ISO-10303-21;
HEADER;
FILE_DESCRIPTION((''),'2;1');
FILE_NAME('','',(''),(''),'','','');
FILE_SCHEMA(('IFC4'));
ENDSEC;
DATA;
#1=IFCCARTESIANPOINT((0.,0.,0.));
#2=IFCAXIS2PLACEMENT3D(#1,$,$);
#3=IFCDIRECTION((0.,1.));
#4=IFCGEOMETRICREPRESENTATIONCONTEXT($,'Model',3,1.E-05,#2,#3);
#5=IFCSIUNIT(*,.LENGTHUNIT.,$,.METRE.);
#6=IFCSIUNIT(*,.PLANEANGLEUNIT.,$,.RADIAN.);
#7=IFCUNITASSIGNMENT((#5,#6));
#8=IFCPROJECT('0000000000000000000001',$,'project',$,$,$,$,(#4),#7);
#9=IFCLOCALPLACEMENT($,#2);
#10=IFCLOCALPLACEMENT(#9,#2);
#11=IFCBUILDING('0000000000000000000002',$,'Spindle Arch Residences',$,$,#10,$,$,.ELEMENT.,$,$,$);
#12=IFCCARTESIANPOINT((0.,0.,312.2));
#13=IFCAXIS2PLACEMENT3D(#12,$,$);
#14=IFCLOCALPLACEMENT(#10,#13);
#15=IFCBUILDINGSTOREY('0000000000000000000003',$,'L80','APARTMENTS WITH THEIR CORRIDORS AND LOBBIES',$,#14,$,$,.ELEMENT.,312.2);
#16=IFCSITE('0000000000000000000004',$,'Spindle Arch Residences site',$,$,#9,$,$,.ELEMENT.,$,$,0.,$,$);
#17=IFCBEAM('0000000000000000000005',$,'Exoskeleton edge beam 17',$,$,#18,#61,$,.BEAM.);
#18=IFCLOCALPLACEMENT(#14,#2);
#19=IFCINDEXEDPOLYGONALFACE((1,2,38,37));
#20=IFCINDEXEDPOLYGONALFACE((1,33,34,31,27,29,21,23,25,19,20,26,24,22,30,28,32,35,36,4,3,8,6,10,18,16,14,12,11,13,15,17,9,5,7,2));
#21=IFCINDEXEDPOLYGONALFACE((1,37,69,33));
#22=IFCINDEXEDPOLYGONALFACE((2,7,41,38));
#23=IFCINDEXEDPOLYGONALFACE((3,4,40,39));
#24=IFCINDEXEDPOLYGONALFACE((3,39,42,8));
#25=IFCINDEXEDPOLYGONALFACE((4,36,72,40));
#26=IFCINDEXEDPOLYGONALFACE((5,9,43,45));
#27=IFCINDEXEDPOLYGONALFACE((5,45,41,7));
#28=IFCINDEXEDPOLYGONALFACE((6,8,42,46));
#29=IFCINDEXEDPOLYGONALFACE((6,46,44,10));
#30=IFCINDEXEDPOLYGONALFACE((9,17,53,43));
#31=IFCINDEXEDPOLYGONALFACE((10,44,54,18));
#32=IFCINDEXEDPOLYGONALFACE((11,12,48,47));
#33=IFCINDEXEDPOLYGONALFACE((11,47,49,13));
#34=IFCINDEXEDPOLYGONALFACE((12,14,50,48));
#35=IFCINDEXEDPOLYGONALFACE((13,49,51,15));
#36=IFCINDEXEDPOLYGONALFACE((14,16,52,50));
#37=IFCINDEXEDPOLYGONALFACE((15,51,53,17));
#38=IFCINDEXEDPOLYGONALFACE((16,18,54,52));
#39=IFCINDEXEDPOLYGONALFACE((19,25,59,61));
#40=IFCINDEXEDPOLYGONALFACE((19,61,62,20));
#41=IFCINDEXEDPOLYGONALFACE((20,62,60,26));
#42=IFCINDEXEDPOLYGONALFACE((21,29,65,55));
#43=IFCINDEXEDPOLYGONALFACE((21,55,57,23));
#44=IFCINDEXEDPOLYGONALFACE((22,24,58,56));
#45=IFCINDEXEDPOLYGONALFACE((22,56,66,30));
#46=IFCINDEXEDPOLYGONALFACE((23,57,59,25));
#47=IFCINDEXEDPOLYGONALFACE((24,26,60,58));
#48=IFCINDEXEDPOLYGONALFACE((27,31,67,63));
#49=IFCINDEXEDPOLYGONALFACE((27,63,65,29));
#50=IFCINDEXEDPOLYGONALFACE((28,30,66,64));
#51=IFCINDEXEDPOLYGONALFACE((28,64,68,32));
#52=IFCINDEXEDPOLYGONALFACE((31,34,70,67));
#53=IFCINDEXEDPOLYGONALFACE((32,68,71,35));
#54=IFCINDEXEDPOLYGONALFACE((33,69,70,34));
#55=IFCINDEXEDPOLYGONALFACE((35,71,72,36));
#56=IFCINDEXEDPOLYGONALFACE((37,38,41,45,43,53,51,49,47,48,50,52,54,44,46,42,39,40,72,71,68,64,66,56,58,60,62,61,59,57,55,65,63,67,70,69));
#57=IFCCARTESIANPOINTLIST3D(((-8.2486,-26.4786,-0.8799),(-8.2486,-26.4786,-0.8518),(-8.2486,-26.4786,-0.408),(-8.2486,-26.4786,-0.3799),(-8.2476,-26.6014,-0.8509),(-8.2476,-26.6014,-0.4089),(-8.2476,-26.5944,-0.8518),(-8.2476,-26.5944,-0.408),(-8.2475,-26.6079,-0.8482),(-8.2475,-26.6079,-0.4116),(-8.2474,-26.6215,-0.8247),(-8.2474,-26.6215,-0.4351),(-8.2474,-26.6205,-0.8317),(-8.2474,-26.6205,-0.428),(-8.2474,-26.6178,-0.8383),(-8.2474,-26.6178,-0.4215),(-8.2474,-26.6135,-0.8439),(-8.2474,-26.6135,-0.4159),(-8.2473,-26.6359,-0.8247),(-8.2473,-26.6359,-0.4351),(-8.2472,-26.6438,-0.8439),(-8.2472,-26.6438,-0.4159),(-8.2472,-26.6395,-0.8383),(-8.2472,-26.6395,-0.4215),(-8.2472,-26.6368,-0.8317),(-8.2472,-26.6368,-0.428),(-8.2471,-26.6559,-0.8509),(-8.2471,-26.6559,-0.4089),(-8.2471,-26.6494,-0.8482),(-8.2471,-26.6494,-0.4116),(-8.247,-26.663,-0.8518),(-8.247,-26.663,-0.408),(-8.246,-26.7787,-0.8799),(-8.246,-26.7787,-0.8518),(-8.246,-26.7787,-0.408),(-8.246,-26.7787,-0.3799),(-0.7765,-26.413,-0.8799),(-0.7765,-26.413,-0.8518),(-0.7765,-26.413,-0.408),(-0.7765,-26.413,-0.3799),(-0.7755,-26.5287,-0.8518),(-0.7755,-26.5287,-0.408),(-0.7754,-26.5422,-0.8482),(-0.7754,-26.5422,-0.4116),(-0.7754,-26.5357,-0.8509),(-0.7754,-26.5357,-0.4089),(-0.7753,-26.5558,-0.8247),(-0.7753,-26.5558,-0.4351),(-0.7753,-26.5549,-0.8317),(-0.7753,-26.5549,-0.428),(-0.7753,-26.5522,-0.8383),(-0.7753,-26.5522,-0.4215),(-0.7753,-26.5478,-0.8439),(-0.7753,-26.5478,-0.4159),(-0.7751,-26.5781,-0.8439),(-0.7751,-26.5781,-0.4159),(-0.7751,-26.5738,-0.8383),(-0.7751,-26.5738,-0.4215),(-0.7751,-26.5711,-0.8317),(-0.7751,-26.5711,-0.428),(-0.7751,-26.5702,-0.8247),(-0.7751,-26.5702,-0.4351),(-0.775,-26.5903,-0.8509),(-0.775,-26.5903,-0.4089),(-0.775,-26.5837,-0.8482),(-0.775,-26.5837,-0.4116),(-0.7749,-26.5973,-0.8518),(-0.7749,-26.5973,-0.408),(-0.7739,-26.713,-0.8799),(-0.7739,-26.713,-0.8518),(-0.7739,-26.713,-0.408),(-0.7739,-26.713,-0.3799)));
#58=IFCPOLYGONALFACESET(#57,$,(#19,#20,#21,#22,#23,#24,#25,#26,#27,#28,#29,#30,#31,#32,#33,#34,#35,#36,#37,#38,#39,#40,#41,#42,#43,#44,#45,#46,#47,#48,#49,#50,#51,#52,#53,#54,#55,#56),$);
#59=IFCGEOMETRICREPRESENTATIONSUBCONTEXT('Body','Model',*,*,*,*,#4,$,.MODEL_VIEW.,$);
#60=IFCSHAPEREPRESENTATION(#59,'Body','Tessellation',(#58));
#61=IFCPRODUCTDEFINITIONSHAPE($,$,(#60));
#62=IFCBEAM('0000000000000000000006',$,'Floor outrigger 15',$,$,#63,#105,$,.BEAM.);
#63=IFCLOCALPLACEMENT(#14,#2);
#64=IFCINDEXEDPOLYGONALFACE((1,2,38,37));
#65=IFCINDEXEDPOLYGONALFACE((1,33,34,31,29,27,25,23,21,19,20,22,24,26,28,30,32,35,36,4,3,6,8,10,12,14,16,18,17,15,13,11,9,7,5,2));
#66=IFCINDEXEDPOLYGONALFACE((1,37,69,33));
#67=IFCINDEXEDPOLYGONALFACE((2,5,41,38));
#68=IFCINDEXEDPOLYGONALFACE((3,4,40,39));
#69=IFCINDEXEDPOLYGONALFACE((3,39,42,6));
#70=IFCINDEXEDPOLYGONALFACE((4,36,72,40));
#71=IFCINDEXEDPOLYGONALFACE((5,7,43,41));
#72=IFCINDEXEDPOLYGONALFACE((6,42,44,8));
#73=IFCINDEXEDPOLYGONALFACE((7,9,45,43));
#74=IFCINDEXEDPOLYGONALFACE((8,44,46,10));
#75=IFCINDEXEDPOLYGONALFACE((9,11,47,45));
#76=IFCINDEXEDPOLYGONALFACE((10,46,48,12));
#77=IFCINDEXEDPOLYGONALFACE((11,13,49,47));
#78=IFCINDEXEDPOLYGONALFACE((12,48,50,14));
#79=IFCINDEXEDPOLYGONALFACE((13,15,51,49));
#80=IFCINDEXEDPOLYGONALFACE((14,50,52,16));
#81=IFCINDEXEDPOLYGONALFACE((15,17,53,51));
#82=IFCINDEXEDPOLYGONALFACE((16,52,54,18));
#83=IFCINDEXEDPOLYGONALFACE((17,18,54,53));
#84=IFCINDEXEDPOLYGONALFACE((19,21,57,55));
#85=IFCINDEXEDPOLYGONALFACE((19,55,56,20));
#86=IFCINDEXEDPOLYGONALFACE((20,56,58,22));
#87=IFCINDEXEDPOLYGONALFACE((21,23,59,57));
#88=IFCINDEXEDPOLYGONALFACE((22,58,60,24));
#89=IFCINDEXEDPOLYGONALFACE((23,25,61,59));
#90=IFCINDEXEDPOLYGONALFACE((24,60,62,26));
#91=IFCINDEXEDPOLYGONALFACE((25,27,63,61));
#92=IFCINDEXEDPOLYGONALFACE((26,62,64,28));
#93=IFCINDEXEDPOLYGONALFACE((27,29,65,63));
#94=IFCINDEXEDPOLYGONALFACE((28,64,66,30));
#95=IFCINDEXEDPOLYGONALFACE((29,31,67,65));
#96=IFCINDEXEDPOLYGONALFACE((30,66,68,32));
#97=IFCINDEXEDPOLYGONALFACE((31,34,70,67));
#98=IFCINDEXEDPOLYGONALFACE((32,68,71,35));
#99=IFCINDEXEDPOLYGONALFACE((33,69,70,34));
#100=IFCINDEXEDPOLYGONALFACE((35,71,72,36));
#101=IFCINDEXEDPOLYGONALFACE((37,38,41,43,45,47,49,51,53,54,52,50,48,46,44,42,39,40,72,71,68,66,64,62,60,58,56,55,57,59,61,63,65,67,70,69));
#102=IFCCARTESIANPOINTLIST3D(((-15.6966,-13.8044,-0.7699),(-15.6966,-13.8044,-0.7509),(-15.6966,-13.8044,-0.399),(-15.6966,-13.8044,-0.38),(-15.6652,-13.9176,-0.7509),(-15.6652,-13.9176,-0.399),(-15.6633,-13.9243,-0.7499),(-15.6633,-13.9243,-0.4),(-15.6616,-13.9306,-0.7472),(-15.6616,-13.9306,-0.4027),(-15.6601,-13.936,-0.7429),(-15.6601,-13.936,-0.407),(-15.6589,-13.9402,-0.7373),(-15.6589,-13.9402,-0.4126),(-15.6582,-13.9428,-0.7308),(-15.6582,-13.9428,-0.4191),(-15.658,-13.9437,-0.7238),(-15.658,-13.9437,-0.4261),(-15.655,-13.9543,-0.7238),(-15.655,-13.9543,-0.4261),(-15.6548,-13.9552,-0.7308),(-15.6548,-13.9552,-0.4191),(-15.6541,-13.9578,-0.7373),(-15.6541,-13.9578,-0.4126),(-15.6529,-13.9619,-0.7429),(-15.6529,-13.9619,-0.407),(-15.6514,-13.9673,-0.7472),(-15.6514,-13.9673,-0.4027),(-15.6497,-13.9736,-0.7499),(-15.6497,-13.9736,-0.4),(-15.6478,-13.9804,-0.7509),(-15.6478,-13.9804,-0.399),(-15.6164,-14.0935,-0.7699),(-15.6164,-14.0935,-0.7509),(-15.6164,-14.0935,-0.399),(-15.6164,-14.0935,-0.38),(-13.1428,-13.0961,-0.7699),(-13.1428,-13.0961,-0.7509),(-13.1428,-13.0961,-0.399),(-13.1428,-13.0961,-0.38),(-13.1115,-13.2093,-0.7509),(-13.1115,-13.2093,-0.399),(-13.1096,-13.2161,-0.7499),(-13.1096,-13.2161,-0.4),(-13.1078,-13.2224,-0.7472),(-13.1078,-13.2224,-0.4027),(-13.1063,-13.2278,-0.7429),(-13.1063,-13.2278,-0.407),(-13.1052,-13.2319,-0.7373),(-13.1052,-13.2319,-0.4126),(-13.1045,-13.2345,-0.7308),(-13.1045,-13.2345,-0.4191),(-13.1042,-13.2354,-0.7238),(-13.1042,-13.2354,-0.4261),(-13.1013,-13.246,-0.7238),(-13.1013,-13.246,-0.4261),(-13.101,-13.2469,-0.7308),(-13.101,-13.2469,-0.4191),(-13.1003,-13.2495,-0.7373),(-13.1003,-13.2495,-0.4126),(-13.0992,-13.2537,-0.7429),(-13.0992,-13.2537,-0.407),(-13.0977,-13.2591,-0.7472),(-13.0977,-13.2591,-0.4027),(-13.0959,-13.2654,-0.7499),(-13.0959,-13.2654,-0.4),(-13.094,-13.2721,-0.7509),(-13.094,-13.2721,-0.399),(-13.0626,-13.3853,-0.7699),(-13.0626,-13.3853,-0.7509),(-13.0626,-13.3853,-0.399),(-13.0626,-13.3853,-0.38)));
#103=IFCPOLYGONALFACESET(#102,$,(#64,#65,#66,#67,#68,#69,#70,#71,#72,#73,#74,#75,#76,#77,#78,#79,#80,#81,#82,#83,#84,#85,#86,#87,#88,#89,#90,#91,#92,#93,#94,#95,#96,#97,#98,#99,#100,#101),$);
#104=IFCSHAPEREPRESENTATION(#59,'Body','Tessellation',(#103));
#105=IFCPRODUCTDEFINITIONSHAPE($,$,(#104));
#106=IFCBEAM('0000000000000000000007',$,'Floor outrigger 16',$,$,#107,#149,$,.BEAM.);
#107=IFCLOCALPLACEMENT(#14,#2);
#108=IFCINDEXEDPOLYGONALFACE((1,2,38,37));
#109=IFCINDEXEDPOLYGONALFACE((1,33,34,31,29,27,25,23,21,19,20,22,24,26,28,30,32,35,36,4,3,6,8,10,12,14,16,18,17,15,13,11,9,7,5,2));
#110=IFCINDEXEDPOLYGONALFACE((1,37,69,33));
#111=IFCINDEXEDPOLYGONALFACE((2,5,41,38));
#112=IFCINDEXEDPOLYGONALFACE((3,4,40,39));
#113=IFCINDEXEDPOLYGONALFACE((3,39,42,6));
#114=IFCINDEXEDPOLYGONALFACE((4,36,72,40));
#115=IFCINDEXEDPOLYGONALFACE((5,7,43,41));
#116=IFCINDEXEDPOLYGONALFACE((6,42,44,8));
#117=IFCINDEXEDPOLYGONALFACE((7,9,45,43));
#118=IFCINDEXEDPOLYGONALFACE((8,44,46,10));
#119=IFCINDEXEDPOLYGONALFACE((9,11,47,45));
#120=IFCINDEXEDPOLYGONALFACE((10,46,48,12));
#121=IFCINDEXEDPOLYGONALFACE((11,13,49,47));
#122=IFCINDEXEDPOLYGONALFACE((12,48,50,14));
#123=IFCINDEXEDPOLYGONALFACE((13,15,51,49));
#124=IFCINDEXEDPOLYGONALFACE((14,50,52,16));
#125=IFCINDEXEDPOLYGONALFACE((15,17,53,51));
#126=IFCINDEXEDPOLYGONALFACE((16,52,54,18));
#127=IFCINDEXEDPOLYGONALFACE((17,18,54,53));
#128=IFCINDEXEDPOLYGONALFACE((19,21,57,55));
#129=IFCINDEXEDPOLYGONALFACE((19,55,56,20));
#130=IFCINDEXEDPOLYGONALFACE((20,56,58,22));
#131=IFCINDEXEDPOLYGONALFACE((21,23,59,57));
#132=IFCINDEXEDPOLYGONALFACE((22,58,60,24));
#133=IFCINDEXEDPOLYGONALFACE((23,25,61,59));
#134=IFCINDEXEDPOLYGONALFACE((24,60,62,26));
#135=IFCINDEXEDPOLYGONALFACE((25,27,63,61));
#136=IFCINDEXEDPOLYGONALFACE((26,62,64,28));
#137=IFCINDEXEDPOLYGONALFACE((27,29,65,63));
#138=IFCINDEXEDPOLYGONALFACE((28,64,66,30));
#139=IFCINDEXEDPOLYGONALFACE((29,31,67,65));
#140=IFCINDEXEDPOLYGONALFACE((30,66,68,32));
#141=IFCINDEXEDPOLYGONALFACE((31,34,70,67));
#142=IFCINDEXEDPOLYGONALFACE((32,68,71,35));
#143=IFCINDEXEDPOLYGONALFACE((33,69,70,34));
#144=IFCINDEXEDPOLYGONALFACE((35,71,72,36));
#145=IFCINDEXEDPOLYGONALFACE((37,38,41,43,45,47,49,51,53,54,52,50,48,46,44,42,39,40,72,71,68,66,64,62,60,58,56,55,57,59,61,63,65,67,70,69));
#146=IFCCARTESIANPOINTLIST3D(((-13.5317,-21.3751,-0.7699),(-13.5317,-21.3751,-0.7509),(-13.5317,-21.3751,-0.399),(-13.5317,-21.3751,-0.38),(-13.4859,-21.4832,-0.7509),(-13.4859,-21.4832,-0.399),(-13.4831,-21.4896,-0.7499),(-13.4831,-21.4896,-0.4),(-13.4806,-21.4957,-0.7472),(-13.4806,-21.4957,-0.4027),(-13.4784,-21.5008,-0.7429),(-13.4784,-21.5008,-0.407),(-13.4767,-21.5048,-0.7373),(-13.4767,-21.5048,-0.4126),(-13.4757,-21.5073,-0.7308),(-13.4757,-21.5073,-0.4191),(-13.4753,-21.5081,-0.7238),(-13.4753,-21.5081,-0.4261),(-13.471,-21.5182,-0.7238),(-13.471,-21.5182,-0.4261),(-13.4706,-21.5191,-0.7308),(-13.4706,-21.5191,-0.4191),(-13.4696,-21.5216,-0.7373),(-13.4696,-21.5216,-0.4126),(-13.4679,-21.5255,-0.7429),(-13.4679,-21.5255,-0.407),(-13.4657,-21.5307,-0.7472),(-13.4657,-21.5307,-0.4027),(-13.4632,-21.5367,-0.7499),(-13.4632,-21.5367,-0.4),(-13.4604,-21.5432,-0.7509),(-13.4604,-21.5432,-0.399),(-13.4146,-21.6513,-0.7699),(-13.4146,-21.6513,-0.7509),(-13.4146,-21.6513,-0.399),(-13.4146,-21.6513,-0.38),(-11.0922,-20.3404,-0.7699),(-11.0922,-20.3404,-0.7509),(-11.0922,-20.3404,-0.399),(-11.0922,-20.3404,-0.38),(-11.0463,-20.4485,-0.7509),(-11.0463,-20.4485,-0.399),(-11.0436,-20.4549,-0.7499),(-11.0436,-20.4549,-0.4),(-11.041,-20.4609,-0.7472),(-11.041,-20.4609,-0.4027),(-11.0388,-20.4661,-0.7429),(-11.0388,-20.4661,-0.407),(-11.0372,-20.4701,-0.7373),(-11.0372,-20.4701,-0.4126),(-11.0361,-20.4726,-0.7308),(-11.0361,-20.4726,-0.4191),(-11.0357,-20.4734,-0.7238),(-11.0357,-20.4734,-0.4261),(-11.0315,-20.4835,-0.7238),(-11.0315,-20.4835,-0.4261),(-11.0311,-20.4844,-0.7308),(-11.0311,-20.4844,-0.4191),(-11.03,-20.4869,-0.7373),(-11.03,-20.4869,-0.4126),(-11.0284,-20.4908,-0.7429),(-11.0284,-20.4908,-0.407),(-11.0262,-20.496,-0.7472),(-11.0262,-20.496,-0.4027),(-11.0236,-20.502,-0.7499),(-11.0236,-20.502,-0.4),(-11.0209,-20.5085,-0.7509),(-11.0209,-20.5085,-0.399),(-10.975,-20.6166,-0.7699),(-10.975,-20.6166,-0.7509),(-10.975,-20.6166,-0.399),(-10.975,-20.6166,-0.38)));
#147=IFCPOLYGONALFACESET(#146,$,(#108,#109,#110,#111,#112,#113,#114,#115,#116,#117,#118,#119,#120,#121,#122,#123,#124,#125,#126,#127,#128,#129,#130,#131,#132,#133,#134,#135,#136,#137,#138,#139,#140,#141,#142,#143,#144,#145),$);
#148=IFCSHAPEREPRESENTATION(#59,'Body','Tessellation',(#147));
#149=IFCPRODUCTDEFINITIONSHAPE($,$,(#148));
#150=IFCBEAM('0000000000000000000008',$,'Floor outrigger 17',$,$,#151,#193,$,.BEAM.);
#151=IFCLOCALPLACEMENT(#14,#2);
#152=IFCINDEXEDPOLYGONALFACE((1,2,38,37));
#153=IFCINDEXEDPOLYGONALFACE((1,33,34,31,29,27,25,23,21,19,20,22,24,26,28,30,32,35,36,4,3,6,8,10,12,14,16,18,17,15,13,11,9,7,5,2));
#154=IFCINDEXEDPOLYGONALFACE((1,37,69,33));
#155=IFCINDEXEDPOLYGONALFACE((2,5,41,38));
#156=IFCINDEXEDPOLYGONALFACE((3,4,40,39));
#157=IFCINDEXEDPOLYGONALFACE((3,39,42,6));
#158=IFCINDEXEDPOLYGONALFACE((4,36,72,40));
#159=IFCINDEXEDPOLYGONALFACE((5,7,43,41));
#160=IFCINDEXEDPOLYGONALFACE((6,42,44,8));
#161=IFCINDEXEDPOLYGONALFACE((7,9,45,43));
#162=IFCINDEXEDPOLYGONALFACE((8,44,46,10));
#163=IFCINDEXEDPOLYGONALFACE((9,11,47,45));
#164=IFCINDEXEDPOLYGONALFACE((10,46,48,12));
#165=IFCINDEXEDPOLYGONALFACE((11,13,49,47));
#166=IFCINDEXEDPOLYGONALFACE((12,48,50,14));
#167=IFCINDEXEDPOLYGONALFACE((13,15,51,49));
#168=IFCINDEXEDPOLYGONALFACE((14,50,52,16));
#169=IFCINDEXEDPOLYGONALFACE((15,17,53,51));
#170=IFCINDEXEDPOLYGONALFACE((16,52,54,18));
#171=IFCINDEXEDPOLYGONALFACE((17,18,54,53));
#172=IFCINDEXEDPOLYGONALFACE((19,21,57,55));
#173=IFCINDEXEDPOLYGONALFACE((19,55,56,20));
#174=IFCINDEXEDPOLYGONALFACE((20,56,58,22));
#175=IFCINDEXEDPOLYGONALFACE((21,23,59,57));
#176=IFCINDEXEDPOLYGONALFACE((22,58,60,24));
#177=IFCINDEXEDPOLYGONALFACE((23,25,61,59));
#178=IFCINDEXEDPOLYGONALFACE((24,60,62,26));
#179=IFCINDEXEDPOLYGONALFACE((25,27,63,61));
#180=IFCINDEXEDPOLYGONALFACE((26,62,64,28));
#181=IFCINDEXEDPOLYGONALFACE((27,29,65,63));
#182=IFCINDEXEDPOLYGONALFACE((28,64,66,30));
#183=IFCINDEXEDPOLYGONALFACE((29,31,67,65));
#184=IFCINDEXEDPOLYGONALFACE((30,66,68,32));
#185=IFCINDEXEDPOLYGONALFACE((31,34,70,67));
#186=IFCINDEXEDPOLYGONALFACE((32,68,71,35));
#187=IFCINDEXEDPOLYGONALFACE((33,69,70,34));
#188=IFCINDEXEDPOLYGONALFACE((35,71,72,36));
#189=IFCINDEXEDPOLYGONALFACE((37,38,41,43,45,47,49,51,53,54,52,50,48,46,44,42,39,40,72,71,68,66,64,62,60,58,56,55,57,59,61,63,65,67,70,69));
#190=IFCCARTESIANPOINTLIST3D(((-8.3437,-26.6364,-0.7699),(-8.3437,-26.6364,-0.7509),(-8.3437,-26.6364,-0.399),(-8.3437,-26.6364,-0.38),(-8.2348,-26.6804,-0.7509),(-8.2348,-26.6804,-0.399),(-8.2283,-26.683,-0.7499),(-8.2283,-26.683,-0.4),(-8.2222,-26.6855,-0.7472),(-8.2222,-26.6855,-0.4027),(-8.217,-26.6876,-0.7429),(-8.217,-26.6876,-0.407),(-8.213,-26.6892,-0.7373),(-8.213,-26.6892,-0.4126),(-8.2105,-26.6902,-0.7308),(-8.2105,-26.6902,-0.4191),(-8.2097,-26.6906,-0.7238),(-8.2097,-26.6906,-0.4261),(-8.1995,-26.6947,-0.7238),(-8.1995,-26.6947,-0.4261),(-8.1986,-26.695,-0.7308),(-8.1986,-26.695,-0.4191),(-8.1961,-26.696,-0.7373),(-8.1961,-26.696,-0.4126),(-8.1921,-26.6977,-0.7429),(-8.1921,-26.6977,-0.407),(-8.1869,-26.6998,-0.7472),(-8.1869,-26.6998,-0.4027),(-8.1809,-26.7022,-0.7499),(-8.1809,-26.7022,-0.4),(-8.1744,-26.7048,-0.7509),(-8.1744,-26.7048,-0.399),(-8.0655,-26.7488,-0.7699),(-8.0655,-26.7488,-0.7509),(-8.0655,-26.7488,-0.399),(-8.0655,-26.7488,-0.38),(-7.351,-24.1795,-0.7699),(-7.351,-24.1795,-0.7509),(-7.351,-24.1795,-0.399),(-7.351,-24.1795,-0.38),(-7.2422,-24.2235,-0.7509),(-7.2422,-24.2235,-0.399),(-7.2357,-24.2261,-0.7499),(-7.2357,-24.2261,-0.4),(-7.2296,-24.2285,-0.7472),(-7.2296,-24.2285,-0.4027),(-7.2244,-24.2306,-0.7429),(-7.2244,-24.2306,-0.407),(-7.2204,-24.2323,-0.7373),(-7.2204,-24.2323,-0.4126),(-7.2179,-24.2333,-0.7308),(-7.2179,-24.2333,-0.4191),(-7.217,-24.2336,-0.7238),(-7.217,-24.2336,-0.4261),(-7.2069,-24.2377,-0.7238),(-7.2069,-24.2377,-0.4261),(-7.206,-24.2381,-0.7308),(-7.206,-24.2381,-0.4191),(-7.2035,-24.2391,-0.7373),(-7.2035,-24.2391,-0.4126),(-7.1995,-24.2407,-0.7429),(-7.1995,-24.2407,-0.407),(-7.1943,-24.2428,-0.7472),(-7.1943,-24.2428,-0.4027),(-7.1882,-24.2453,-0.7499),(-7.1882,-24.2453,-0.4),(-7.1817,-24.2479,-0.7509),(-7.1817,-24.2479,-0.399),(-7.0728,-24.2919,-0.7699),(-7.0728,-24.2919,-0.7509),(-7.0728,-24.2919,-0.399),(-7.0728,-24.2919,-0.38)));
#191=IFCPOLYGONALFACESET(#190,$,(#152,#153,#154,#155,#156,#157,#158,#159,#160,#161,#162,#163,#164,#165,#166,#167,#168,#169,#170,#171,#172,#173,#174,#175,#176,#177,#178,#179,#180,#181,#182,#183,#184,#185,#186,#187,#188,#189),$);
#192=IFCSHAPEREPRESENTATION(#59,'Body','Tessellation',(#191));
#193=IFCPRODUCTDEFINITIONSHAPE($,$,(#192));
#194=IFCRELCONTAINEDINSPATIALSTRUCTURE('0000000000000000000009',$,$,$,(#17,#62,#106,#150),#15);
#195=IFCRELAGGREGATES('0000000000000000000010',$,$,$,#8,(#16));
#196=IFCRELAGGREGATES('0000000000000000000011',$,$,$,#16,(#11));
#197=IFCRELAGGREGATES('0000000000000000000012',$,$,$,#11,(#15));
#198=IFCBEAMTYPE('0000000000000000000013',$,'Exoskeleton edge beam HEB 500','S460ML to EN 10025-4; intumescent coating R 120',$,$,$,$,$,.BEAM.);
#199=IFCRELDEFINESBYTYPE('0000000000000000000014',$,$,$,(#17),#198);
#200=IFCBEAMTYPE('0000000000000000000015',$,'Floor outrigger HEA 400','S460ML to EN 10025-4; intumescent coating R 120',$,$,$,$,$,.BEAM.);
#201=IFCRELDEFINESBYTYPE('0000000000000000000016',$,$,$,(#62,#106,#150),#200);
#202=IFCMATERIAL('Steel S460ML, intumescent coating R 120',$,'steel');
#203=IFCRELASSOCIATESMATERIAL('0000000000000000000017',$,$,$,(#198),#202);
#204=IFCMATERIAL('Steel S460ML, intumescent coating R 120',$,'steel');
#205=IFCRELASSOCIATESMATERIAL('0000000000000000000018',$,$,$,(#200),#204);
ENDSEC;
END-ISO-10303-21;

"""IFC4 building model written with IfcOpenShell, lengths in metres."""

from ifc_helpers import new_model, si_unit, direction, frame, origin, origin_2d, place, context, subcontext, project, spatial, i_section, extrude, material, material_profile, profile_set, type_object, element, save


model = new_model("IFC4")

# Units and contexts
model_context = context("Model", 3, precision=1e-05, world=origin(), true_north=direction((0.0, 1.0)))
body_context = subcontext(model_context, "Body", "Model", "MODEL_VIEW")
ifc_project = project(units=[si_unit("LENGTHUNIT", "METRE"), si_unit("PLANEANGLEUNIT", "RADIAN")], contexts=[model_context])

# Site, building, storey
site_placement = place(None, origin())
site = spatial("IfcSite", under=ifc_project, at=site_placement, Name="Spindle Arch Residences site", CompositionType="ELEMENT", RefElevation=0.0)
building_placement = place(site_placement, origin())
building = spatial("IfcBuilding", under=site, at=building_placement, Name="Spindle Arch Residences", CompositionType="ELEMENT")
storey_placement = place(building_placement, frame((0.0, 0.0, 312.2)))
storey = spatial("IfcBuildingStorey", under=building, at=storey_placement, Name="L80", Description="APARTMENTS WITH THEIR CORRIDORS AND LOBBIES", CompositionType="ELEMENT", Elevation=312.2)

# Beams
ifc_material_1 = material(Name="Steel S460ML, intumescent coating R 120", Category="steel")
ifc_material_profile_1 = material_profile(ifc_material_1, i_section(OverallWidth=0.3, OverallDepth=0.5, WebThickness=0.0144, FlangeThickness=0.0281, FilletRadius=0.0271, at=origin_2d()), Name="HEB 500")
ifc_profile_set_1 = profile_set([ifc_material_profile_1], Name="Steel S460ML, intumescent coating R 120")
beam_type_1 = type_object("IfcBeamType", Name="Exoskeleton edge beam HEB 500", Description="S460ML to EN 10025-4; intumescent coating R 120", PredefinedType="BEAM", material=ifc_profile_set_1)
beam_1_placement = place(storey_placement, frame((-8.2473, -26.6287, -0.6299), z_axis=(0.999961, 0.008789, 0.0), x_axis=(-0.008789, 0.999961, 0.0)))
element("IfcBeam", 1, at=beam_1_placement, inside=storey, type_object=beam_type_1, Name="Exoskeleton edge beam 17", PredefinedType="BEAM", context=body_context, shape_type="SweptSolid", body=[
    extrude(i_section(OverallWidth=0.3, OverallDepth=0.5, WebThickness=0.0144, FlangeThickness=0.0281, FilletRadius=0.0271, at=origin_2d()), origin(), (0.0, 0.0, 1.0), 7.4724),
])
ifc_material_2 = material(Name="Steel S460ML, intumescent coating R 120", Category="steel")
ifc_material_profile_2 = material_profile(ifc_material_2, i_section(OverallWidth=0.3, OverallDepth=0.3899, WebThickness=0.011, FlangeThickness=0.019, FilletRadius=0.0271, at=origin_2d()), Name="HEA 400")
ifc_profile_set_2 = profile_set([ifc_material_profile_2], Name="Steel S460ML, intumescent coating R 120")
beam_type_2 = type_object("IfcBeamType", Name="Floor outrigger HEA 400", Description="S460ML to EN 10025-4; intumescent coating R 120", PredefinedType="BEAM", material=ifc_profile_set_2)
beam_2_placement = place(storey_placement, frame((-15.6565, -13.949, -0.575), z_axis=(0.963626, 0.267254, 0.0), x_axis=(-0.267254, 0.963626, 0.0)))
element("IfcBeam", 2, at=beam_2_placement, inside=storey, type_object=beam_type_2, Name="Floor outrigger 15", PredefinedType="BEAM", context=body_context, shape_type="SweptSolid", body=[
    extrude(i_section(OverallWidth=0.3, OverallDepth=0.3899, WebThickness=0.011, FlangeThickness=0.019, FilletRadius=0.0271, at=origin_2d()), origin(), (0.0, 0.0, 1.0), 2.6501),
])
for number, where, z_axis, x_axis, name in (
    (3, (-13.4731, -21.5132, -0.575), (0.920616, 0.390469, 0.0), (-0.390469, 0.920616, 0.0), "Floor outrigger 16"),
    (4, (-8.2046, -26.6926, -0.575), (0.374597, 0.927188, 0.0), (-0.927188, 0.374597, 0.0), "Floor outrigger 17"),
):
    element("IfcBeam", number, at=place(storey_placement, frame(where, z_axis=z_axis, x_axis=x_axis)), inside=storey, type_object=beam_type_2, Name=name, PredefinedType="BEAM", context=body_context, shape_type="SweptSolid", body=[
        extrude(i_section(OverallWidth=0.3, OverallDepth=0.3899, WebThickness=0.011, FlangeThickness=0.019, FilletRadius=0.0271, at=origin_2d()), origin(), (0.0, 0.0, 1.0), 2.6499),
    ])

save(model, "model.ifc")
